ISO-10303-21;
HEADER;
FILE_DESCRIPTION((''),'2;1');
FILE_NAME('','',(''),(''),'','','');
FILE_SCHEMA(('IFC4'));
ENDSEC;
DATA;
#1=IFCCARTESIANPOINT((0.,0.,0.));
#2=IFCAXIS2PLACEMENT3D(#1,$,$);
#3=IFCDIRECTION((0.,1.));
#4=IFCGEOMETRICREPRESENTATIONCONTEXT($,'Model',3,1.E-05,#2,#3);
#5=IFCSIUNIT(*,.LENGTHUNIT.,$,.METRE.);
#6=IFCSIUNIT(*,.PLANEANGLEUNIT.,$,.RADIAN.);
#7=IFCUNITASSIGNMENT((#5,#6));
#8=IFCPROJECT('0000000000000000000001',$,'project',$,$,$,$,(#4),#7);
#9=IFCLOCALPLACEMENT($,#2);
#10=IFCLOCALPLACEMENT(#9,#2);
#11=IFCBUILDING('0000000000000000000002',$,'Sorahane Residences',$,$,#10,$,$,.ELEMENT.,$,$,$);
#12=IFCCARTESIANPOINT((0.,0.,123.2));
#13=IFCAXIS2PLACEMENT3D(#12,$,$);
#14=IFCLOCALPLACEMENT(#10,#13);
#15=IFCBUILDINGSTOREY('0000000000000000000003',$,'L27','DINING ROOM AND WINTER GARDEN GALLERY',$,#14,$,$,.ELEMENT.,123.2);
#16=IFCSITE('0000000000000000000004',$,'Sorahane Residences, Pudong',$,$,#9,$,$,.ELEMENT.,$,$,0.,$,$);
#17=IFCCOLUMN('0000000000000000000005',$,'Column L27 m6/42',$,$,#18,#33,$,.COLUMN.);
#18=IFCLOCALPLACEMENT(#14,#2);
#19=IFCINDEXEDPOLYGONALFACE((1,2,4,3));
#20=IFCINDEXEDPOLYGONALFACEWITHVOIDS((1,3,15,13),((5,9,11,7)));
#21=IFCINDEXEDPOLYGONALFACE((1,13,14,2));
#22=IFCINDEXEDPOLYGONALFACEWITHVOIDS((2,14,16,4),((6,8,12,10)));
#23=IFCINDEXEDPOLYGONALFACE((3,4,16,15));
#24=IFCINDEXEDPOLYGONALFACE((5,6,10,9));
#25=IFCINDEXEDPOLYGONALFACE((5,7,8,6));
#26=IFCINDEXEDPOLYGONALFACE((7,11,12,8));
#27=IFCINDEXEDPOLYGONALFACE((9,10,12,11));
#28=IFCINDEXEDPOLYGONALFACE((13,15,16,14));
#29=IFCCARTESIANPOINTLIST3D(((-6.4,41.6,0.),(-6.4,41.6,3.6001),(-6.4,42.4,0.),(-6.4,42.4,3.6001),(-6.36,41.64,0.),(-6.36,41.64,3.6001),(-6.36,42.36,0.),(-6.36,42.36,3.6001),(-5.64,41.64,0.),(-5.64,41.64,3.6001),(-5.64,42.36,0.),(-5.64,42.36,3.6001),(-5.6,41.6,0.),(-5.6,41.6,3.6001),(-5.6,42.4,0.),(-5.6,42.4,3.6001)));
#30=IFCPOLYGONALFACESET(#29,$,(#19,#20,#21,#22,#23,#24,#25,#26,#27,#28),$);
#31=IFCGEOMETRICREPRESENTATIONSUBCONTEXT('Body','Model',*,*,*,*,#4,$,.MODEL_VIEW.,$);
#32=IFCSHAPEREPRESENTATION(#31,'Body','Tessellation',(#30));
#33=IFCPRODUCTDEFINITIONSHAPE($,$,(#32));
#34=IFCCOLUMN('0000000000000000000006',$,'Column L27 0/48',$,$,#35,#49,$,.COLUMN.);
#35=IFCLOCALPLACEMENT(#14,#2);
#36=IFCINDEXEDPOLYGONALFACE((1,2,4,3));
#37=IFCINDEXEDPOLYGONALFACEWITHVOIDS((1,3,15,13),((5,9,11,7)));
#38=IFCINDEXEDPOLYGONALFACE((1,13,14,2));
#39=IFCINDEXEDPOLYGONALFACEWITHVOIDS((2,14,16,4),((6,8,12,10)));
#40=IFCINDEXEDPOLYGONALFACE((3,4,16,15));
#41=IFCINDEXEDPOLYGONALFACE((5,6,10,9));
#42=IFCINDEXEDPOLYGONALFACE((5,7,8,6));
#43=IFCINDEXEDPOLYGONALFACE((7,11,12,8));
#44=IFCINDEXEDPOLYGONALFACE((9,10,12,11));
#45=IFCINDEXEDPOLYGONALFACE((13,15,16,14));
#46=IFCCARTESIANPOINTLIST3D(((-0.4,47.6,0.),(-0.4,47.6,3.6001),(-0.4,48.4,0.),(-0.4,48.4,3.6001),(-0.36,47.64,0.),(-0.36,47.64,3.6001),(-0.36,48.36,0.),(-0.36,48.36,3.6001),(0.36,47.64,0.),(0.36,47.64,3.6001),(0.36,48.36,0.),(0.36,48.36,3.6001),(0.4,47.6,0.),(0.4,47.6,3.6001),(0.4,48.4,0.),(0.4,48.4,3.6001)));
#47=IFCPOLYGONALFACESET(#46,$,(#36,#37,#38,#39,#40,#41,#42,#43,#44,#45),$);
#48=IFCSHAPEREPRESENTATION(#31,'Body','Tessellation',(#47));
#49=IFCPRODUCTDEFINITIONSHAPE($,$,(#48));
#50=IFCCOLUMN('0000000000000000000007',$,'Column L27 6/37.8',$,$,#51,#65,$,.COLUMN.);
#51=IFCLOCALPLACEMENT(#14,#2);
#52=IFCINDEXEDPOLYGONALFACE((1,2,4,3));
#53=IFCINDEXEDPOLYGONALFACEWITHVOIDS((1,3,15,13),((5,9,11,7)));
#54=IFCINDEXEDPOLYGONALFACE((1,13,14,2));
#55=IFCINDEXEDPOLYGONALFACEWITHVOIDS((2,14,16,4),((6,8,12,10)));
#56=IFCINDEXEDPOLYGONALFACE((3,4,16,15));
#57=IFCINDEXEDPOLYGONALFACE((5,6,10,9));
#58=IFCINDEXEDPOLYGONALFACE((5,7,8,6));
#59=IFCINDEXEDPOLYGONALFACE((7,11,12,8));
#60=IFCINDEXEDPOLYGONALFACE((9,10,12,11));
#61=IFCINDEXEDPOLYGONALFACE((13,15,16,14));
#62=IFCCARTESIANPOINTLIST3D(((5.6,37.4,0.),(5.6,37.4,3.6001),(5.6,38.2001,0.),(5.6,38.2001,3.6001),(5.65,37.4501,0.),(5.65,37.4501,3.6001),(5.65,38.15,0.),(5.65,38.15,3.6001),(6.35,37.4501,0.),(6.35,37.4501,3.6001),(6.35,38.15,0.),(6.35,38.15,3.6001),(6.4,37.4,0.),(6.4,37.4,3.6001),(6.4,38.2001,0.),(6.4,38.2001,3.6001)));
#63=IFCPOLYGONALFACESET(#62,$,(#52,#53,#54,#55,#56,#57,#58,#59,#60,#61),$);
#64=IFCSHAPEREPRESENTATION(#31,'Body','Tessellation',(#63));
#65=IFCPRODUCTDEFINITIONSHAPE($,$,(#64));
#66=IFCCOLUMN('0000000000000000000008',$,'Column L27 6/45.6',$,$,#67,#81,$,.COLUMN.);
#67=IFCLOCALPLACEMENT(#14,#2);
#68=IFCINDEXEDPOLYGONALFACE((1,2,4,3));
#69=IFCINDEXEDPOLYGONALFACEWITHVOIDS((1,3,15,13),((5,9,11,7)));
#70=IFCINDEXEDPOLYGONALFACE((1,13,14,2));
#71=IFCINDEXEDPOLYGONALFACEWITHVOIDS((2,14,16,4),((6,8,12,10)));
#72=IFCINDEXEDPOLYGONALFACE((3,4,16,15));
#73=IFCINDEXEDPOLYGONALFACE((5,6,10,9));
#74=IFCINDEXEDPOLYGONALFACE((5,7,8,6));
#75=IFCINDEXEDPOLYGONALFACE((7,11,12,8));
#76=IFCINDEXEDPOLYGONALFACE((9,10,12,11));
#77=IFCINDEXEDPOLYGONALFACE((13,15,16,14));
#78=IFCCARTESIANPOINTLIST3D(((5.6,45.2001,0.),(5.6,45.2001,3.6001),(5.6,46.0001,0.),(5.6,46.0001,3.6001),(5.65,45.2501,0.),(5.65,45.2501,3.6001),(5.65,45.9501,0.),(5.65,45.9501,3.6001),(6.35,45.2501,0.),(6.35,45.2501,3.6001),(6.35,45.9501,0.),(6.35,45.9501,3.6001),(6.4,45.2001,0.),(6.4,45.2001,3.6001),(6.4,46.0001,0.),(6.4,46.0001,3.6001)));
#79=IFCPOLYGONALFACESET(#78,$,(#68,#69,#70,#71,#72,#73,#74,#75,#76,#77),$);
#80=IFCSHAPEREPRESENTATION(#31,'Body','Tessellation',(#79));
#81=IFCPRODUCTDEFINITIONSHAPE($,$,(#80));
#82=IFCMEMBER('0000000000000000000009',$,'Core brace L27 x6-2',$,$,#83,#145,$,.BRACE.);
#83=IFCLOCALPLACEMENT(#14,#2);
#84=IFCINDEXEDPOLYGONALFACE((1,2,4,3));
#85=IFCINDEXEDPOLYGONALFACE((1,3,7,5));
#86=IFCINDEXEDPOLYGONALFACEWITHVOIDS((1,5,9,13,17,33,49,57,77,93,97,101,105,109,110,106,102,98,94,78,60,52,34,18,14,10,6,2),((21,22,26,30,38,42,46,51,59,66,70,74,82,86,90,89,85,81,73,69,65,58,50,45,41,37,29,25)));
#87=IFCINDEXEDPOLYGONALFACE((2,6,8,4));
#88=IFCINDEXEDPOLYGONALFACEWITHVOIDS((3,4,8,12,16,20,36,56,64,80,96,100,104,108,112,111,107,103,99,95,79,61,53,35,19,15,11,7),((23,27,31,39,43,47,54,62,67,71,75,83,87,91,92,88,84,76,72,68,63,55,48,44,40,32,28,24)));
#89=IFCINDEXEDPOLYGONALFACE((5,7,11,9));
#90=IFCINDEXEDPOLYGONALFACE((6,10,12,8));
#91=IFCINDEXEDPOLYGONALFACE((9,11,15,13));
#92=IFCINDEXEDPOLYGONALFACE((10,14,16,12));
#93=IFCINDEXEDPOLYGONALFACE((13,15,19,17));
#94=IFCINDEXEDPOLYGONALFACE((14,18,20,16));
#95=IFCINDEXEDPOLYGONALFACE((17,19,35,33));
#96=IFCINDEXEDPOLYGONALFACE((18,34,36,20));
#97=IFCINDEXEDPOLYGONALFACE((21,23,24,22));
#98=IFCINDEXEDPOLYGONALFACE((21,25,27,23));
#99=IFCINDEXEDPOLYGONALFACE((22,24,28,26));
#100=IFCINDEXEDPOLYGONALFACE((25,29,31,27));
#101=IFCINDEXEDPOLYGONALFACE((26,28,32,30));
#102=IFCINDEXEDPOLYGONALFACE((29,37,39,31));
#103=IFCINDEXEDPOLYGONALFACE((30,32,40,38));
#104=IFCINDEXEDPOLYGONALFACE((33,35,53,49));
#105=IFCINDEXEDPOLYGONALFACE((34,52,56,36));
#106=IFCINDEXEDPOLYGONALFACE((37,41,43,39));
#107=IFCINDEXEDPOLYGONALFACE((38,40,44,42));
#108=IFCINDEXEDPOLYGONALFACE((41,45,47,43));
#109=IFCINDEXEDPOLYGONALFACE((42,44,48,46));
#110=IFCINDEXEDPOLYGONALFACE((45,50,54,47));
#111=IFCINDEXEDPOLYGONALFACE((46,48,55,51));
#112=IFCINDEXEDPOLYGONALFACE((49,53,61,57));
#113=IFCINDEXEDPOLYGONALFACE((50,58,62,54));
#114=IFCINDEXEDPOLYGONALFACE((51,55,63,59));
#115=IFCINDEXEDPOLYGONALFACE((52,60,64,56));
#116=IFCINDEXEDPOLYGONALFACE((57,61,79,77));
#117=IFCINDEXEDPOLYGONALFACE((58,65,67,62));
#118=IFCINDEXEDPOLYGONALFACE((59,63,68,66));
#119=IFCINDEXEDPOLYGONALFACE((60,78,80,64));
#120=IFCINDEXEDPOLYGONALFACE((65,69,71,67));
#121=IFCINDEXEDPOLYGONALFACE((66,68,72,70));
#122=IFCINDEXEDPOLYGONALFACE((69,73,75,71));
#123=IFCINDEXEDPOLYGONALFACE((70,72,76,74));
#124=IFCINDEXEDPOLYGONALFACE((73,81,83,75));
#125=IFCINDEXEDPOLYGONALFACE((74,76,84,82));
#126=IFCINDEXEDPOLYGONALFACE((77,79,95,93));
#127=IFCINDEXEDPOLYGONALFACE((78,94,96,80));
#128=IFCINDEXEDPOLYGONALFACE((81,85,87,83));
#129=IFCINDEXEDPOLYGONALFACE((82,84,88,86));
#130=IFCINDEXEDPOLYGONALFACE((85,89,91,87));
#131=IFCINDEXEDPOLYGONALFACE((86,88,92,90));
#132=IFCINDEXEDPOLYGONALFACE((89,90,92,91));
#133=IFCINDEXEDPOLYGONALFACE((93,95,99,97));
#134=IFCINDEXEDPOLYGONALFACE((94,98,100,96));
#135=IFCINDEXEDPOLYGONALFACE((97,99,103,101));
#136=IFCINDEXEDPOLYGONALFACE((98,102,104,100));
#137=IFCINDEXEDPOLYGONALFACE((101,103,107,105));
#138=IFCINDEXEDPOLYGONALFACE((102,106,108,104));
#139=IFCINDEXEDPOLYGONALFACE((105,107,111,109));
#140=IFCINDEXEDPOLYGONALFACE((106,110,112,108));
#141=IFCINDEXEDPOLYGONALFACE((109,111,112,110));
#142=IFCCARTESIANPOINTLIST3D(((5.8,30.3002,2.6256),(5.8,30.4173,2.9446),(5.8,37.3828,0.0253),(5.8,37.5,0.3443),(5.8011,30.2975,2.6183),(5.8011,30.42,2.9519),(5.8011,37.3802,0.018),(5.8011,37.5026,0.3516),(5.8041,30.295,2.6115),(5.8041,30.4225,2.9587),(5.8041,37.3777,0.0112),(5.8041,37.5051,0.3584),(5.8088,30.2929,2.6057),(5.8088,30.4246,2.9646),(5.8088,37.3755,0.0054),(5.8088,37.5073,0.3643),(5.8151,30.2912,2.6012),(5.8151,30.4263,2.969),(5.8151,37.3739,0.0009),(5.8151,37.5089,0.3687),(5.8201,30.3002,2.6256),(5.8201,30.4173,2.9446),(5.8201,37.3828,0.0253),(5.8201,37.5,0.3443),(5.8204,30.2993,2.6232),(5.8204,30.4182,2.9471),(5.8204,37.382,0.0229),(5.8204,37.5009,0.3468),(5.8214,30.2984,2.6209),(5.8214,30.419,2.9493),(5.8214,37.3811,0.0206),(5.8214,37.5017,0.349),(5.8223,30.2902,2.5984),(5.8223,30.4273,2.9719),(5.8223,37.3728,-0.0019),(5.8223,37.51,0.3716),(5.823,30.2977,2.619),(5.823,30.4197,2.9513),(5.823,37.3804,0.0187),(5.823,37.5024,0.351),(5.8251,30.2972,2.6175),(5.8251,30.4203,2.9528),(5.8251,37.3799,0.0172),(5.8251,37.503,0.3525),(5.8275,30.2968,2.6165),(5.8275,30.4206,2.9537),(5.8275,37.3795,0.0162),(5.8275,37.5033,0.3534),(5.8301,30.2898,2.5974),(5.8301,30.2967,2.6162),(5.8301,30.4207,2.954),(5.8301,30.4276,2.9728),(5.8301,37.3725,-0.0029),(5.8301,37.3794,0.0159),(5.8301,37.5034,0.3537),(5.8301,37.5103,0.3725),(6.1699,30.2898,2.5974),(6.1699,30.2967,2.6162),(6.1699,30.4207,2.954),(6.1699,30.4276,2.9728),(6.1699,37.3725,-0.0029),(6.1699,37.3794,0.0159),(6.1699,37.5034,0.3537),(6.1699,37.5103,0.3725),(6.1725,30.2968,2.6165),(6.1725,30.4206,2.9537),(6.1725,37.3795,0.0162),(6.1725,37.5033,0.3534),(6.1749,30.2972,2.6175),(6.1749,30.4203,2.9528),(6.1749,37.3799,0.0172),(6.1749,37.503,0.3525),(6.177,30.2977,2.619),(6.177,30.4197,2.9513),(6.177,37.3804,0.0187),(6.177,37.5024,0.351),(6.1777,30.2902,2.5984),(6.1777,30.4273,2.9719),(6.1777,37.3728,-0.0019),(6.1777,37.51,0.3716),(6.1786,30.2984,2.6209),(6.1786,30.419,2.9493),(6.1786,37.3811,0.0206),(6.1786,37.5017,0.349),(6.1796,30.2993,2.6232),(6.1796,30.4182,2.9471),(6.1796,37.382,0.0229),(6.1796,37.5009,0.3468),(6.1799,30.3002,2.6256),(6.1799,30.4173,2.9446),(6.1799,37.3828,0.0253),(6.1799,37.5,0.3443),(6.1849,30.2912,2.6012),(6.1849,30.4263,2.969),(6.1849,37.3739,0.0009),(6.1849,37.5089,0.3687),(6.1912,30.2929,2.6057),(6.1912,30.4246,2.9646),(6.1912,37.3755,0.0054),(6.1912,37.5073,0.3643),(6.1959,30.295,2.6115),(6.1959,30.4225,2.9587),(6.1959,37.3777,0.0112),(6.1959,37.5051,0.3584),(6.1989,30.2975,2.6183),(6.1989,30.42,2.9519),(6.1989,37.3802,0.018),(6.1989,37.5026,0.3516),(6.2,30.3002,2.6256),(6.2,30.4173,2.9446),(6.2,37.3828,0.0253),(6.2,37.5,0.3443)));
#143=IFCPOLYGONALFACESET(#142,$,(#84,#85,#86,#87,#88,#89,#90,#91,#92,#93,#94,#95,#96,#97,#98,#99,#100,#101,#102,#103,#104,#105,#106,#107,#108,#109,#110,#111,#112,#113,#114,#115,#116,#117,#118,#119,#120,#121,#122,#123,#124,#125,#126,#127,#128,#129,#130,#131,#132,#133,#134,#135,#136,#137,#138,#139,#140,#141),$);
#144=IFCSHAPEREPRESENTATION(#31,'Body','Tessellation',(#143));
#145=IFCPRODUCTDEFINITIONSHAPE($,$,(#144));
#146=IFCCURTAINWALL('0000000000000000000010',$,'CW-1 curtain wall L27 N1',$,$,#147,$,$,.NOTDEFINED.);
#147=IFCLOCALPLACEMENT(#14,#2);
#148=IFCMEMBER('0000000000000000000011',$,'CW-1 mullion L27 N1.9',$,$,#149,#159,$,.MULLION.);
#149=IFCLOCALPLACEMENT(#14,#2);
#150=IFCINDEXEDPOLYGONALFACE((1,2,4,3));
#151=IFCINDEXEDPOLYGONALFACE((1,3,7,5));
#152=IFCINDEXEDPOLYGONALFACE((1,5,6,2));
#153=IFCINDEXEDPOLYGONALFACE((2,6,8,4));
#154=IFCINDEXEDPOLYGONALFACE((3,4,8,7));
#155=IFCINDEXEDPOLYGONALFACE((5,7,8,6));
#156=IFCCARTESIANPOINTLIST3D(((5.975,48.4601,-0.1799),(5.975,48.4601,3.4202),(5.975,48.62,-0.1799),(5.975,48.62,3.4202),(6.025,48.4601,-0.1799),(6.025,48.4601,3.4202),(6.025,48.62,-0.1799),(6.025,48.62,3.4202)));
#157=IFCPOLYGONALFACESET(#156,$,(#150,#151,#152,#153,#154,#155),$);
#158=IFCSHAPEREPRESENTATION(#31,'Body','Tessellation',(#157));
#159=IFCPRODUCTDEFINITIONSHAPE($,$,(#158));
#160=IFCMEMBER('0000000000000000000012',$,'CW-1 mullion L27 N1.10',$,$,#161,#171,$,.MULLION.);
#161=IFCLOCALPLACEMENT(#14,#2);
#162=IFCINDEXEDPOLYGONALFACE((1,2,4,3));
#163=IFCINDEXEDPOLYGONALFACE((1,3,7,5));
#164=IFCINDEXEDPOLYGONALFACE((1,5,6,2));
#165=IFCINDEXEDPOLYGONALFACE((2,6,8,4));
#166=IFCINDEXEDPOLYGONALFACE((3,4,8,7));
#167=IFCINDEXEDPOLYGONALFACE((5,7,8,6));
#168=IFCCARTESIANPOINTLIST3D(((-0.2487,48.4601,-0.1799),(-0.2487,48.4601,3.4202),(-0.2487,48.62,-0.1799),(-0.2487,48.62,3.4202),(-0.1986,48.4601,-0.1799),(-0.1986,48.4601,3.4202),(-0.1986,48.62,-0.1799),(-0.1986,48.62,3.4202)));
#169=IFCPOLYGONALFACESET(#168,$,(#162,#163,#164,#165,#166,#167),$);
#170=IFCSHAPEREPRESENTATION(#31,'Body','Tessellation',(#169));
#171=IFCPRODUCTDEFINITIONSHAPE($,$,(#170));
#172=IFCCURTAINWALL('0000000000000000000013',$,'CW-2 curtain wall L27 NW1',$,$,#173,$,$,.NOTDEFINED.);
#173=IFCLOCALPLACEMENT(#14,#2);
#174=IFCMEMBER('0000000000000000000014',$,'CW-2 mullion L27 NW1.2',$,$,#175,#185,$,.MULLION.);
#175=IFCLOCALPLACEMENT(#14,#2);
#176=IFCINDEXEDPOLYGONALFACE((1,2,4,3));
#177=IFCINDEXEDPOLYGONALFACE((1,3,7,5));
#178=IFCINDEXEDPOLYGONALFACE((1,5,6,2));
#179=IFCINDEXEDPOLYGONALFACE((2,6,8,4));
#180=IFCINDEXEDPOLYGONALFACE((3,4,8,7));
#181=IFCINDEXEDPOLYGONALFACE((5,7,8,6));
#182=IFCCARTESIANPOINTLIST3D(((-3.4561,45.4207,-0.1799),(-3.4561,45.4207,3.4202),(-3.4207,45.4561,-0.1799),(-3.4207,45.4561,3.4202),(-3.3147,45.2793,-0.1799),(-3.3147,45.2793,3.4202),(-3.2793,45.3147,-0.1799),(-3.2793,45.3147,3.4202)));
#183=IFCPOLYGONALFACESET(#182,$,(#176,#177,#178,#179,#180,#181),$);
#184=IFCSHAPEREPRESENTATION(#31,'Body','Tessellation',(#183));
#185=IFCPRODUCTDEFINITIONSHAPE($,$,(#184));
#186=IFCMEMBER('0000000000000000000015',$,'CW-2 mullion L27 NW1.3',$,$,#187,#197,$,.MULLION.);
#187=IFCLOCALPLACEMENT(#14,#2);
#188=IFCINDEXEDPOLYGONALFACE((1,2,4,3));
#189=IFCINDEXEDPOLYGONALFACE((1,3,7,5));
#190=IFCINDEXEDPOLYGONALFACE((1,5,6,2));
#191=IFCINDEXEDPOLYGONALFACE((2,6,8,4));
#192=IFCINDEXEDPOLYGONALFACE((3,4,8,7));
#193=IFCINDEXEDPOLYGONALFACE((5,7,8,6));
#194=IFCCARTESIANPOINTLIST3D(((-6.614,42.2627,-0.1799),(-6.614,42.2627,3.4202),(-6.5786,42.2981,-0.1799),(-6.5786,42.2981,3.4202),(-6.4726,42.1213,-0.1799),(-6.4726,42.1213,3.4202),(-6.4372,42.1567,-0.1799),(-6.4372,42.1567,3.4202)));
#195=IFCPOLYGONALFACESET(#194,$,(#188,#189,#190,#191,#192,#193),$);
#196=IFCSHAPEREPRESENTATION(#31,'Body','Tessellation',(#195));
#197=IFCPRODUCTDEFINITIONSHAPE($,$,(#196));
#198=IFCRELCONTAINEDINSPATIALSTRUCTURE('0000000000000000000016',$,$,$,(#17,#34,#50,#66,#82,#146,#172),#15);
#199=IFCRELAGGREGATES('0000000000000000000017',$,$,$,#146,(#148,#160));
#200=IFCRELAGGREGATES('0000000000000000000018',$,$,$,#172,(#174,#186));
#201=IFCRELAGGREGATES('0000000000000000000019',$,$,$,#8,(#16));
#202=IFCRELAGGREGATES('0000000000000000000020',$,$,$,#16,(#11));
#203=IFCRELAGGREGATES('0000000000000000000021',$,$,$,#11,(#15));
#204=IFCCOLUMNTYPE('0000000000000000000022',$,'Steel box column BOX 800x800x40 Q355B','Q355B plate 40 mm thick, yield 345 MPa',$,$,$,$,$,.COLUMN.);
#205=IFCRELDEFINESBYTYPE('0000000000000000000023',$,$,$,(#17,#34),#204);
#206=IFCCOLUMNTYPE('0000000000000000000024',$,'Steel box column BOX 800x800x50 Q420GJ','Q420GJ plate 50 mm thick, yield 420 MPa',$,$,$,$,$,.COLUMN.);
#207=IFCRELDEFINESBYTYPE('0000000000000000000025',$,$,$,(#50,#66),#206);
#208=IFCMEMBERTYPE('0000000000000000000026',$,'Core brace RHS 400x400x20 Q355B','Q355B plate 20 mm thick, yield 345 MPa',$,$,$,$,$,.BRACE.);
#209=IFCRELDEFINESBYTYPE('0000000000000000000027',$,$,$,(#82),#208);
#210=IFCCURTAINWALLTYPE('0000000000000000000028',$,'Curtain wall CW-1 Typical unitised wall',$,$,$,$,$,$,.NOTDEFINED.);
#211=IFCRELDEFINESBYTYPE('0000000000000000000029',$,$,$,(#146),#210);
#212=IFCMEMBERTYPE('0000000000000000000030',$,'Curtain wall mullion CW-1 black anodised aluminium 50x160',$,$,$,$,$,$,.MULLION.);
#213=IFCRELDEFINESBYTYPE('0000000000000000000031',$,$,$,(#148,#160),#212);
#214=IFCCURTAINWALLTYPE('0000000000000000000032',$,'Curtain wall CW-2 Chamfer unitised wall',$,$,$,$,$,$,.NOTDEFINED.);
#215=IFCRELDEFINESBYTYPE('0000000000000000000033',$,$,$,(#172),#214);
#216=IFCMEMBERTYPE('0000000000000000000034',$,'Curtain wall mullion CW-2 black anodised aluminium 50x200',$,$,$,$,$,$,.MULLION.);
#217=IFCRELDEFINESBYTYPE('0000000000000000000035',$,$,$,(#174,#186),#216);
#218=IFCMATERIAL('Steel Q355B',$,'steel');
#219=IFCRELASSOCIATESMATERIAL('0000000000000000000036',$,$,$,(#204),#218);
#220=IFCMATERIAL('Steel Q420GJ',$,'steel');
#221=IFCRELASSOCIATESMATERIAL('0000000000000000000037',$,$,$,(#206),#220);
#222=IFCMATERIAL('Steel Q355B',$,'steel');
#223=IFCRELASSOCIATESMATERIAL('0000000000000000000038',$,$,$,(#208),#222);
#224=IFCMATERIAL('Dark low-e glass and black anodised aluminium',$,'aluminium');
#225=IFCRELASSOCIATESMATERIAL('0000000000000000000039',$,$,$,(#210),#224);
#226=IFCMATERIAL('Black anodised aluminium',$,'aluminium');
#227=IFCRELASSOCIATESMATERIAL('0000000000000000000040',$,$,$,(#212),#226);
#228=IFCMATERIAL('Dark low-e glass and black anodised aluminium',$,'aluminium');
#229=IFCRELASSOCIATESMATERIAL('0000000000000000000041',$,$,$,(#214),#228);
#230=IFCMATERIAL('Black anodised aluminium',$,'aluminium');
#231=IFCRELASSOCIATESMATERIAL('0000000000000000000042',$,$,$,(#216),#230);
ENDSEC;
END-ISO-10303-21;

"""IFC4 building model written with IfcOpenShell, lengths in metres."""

from ifc_helpers import new_model, si_unit, direction, frame, origin, origin_2d, place, context, subcontext, project, spatial, rectangle, hollow_rectangle, extrude, material, material_profile, profile_set, type_object, element, aggregate, save


model = new_model("IFC4")

# Units and contexts
model_context = context("Model", 3, precision=1e-05, world=origin(), true_north=direction((0.0, 1.0)))
body_context = subcontext(model_context, "Body", "Model", "MODEL_VIEW")
ifc_project = project(units=[si_unit("LENGTHUNIT", "METRE"), si_unit("PLANEANGLEUNIT", "RADIAN")], contexts=[model_context])

# Site, building, storey
site_placement = place(None, origin())
site = spatial("IfcSite", under=ifc_project, at=site_placement, Name="Sorahane Residences, Pudong", CompositionType="ELEMENT", RefElevation=0.0)
building_placement = place(site_placement, origin())
building = spatial("IfcBuilding", under=site, at=building_placement, Name="Sorahane Residences", CompositionType="ELEMENT")
storey_placement = place(building_placement, frame((0.0, 0.0, 123.2)))
storey = spatial("IfcBuildingStorey", under=building, at=storey_placement, Name="L27", Description="DINING ROOM AND WINTER GARDEN GALLERY", CompositionType="ELEMENT", Elevation=123.2)

# Columns
ifc_material_1 = material(Name="Steel Q355B", Category="steel")
ifc_material_profile_1 = material_profile(ifc_material_1, hollow_rectangle(XDim=0.8, YDim=0.8, WallThickness=0.04, at=origin_2d()), Name="BOX 800x800x40")
ifc_profile_set_1 = profile_set([ifc_material_profile_1], Name="Steel Q355B")
column_type_1 = type_object("IfcColumnType", Name="Steel box column BOX 800x800x40 Q355B", Description="Q355B plate 40 mm thick, yield 345 MPa", PredefinedType="COLUMN", material=ifc_profile_set_1)
for number, where, z_axis, x_axis, name in (
    (1, (-6.0, 42.0, 0.0), (0.0, 0.0, 1.0), (1.0, 0.0, 0.0), "Column L27 m6/42"),
    (2, (0.0, 48.0, 0.0), (0.0, 0.0, 1.0), (1.0, 0.0, 0.0), "Column L27 0/48"),
):
    element("IfcColumn", number, at=place(storey_placement, frame(where, z_axis=z_axis, x_axis=x_axis)), inside=storey, type_object=column_type_1, Name=name, PredefinedType="COLUMN", context=body_context, shape_type="SweptSolid", body=[
        extrude(hollow_rectangle(XDim=0.8, YDim=0.8, WallThickness=0.04, at=origin_2d()), origin(), (0.0, 0.0, 1.0), 3.6001),
    ])
ifc_material_2 = material(Name="Steel Q420GJ", Category="steel")
ifc_material_profile_2 = material_profile(ifc_material_2, hollow_rectangle(XDim=0.8, YDim=0.8, WallThickness=0.05, at=origin_2d()), Name="BOX 800x800x50")
ifc_profile_set_2 = profile_set([ifc_material_profile_2], Name="Steel Q420GJ")
column_type_2 = type_object("IfcColumnType", Name="Steel box column BOX 800x800x50 Q420GJ", Description="Q420GJ plate 50 mm thick, yield 420 MPa", PredefinedType="COLUMN", material=ifc_profile_set_2)
for number, where, z_axis, x_axis, name in (
    (3, (6.0, 37.8, 0.0), (0.0, 0.0, 1.0), (1.0, 0.0, 0.0), "Column L27 6/37.8"),
    (4, (6.0, 45.6001, 0.0), (0.0, 0.0, 1.0), (1.0, 0.0, 0.0), "Column L27 6/45.6"),
):
    element("IfcColumn", number, at=place(storey_placement, frame(where, z_axis=z_axis, x_axis=x_axis)), inside=storey, type_object=column_type_2, Name=name, PredefinedType="COLUMN", context=body_context, shape_type="SweptSolid", body=[
        extrude(hollow_rectangle(XDim=0.8, YDim=0.8, WallThickness=0.05, at=origin_2d()), origin(), (0.0, 0.0, 1.0), 3.6001),
    ])

# Member
ifc_material_3 = material(Name="Steel Q355B", Category="steel")
ifc_material_profile_3 = material_profile(ifc_material_3, hollow_rectangle(XDim=0.3999, YDim=0.3999, WallThickness=0.02, InnerFilletRadius=0.01, OuterFilletRadius=0.03, at=origin_2d()), Name="RHS 400x400x20")
ifc_profile_set_3 = profile_set([ifc_material_profile_3], Name="Steel Q355B")
member_type_1 = type_object("IfcMemberType", Name="Core brace RHS 400x400x20 Q355B", Description="Q355B plate 20 mm thick, yield 345 MPa", PredefinedType="BRACE", material=ifc_profile_set_3)
member_1_placement = place(storey_placement, frame((6.0, 37.4414, 0.1848), z_axis=(0.0, -0.938734, 0.344643), x_axis=(1.0, 0.0, 0.0)))
element("IfcMember", 5, at=member_1_placement, inside=storey, type_object=member_type_1, Name="Core brace L27 x6-2", PredefinedType="BRACE", context=body_context, shape_type="SweptSolid", body=[
    extrude(hollow_rectangle(XDim=0.3999, YDim=0.3999, WallThickness=0.02, InnerFilletRadius=0.01, OuterFilletRadius=0.03, at=origin_2d()), origin(), (0.0, 0.0, 1.0), 7.5449),
])

# Curtain walls, members
ifc_material_4 = material(Name="Dark low-e glass and black anodised aluminium", Category="aluminium")
curtain_wall_type_1 = type_object("IfcCurtainWallType", Name="Curtain wall CW-1 Typical unitised wall", PredefinedType="NOTDEFINED", material=ifc_material_4)
curtain_wall_1_placement = place(storey_placement, origin())
curtain_wall_1 = element("IfcCurtainWall", 6, at=curtain_wall_1_placement, inside=storey, type_object=curtain_wall_type_1, Name="CW-1 curtain wall L27 N1", PredefinedType="NOTDEFINED")
ifc_material_5 = material(Name="Black anodised aluminium", Category="aluminium")
ifc_material_profile_4 = material_profile(ifc_material_5, rectangle(XDim=0.1599, YDim=0.05, at=origin_2d()), Name="Curtain wall mullion CW-1 black anodised aluminium 50x160")
ifc_profile_set_4 = profile_set([ifc_material_profile_4], Name="Black anodised aluminium")
member_type_2 = type_object("IfcMemberType", Name="Curtain wall mullion CW-1 black anodised aluminium 50x160", PredefinedType="MULLION", material=ifc_profile_set_4)
member_2_placement = place(storey_placement, frame((6.0, 48.54, -0.1799), z_axis=(0.0, 0.0, 1.0), x_axis=(0.0, 1.0, 0.0)))
member_2 = element("IfcMember", 7, at=member_2_placement, type_object=member_type_2, Name="CW-1 mullion L27 N1.9", PredefinedType="MULLION", context=body_context, shape_type="SweptSolid", body=[
    extrude(rectangle(XDim=0.1599, YDim=0.05, at=origin_2d()), origin(), (0.0, 0.0, 1.0), 3.6001),
])
member_3_placement = place(storey_placement, frame((-0.2236, 48.54, -0.1799), z_axis=(0.0, 0.0, 1.0), x_axis=(0.0, 1.0, 0.0)))
member_3 = element("IfcMember", 8, at=member_3_placement, type_object=member_type_2, Name="CW-1 mullion L27 N1.10", PredefinedType="MULLION", context=body_context, shape_type="SweptSolid", body=[
    extrude(rectangle(XDim=0.1599, YDim=0.05, at=origin_2d()), origin(), (0.0, 0.0, 1.0), 3.6001),
])
ifc_material_6 = material(Name="Dark low-e glass and black anodised aluminium", Category="aluminium")
curtain_wall_type_2 = type_object("IfcCurtainWallType", Name="Curtain wall CW-2 Chamfer unitised wall", PredefinedType="NOTDEFINED", material=ifc_material_6)
curtain_wall_2_placement = place(storey_placement, origin())
curtain_wall_2 = element("IfcCurtainWall", 9, at=curtain_wall_2_placement, inside=storey, type_object=curtain_wall_type_2, Name="CW-2 curtain wall L27 NW1", PredefinedType="NOTDEFINED")
ifc_material_7 = material(Name="Black anodised aluminium", Category="aluminium")
ifc_material_profile_5 = material_profile(ifc_material_7, rectangle(XDim=0.2, YDim=0.05, at=origin_2d()), Name="Curtain wall mullion CW-2 black anodised aluminium 50x200")
ifc_profile_set_5 = profile_set([ifc_material_profile_5], Name="Black anodised aluminium")
member_type_3 = type_object("IfcMemberType", Name="Curtain wall mullion CW-2 black anodised aluminium 50x200", PredefinedType="MULLION", material=ifc_profile_set_5)
member_4_placement = place(storey_placement, frame((-3.3677, 45.3677, -0.1799), z_axis=(0.0, 0.0, 1.0), x_axis=(-0.707107, 0.707107, 0.0)))
member_4 = element("IfcMember", 10, at=member_4_placement, type_object=member_type_3, Name="CW-2 mullion L27 NW1.2", PredefinedType="MULLION", context=body_context, shape_type="SweptSolid", body=[
    extrude(rectangle(XDim=0.2, YDim=0.05, at=origin_2d()), origin(), (0.0, 0.0, 1.0), 3.6001),
])
member_5_placement = place(storey_placement, frame((-6.5256, 42.2097, -0.1799), z_axis=(0.0, 0.0, 1.0), x_axis=(-0.707107, 0.707107, 0.0)))
member_5 = element("IfcMember", 11, at=member_5_placement, type_object=member_type_3, Name="CW-2 mullion L27 NW1.3", PredefinedType="MULLION", context=body_context, shape_type="SweptSolid", body=[
    extrude(rectangle(XDim=0.2, YDim=0.05, at=origin_2d()), origin(), (0.0, 0.0, 1.0), 3.6001),
])

aggregate(curtain_wall_1, [member_2, member_3])
aggregate(curtain_wall_2, [member_4, member_5])

save(model, "model.ifc")
